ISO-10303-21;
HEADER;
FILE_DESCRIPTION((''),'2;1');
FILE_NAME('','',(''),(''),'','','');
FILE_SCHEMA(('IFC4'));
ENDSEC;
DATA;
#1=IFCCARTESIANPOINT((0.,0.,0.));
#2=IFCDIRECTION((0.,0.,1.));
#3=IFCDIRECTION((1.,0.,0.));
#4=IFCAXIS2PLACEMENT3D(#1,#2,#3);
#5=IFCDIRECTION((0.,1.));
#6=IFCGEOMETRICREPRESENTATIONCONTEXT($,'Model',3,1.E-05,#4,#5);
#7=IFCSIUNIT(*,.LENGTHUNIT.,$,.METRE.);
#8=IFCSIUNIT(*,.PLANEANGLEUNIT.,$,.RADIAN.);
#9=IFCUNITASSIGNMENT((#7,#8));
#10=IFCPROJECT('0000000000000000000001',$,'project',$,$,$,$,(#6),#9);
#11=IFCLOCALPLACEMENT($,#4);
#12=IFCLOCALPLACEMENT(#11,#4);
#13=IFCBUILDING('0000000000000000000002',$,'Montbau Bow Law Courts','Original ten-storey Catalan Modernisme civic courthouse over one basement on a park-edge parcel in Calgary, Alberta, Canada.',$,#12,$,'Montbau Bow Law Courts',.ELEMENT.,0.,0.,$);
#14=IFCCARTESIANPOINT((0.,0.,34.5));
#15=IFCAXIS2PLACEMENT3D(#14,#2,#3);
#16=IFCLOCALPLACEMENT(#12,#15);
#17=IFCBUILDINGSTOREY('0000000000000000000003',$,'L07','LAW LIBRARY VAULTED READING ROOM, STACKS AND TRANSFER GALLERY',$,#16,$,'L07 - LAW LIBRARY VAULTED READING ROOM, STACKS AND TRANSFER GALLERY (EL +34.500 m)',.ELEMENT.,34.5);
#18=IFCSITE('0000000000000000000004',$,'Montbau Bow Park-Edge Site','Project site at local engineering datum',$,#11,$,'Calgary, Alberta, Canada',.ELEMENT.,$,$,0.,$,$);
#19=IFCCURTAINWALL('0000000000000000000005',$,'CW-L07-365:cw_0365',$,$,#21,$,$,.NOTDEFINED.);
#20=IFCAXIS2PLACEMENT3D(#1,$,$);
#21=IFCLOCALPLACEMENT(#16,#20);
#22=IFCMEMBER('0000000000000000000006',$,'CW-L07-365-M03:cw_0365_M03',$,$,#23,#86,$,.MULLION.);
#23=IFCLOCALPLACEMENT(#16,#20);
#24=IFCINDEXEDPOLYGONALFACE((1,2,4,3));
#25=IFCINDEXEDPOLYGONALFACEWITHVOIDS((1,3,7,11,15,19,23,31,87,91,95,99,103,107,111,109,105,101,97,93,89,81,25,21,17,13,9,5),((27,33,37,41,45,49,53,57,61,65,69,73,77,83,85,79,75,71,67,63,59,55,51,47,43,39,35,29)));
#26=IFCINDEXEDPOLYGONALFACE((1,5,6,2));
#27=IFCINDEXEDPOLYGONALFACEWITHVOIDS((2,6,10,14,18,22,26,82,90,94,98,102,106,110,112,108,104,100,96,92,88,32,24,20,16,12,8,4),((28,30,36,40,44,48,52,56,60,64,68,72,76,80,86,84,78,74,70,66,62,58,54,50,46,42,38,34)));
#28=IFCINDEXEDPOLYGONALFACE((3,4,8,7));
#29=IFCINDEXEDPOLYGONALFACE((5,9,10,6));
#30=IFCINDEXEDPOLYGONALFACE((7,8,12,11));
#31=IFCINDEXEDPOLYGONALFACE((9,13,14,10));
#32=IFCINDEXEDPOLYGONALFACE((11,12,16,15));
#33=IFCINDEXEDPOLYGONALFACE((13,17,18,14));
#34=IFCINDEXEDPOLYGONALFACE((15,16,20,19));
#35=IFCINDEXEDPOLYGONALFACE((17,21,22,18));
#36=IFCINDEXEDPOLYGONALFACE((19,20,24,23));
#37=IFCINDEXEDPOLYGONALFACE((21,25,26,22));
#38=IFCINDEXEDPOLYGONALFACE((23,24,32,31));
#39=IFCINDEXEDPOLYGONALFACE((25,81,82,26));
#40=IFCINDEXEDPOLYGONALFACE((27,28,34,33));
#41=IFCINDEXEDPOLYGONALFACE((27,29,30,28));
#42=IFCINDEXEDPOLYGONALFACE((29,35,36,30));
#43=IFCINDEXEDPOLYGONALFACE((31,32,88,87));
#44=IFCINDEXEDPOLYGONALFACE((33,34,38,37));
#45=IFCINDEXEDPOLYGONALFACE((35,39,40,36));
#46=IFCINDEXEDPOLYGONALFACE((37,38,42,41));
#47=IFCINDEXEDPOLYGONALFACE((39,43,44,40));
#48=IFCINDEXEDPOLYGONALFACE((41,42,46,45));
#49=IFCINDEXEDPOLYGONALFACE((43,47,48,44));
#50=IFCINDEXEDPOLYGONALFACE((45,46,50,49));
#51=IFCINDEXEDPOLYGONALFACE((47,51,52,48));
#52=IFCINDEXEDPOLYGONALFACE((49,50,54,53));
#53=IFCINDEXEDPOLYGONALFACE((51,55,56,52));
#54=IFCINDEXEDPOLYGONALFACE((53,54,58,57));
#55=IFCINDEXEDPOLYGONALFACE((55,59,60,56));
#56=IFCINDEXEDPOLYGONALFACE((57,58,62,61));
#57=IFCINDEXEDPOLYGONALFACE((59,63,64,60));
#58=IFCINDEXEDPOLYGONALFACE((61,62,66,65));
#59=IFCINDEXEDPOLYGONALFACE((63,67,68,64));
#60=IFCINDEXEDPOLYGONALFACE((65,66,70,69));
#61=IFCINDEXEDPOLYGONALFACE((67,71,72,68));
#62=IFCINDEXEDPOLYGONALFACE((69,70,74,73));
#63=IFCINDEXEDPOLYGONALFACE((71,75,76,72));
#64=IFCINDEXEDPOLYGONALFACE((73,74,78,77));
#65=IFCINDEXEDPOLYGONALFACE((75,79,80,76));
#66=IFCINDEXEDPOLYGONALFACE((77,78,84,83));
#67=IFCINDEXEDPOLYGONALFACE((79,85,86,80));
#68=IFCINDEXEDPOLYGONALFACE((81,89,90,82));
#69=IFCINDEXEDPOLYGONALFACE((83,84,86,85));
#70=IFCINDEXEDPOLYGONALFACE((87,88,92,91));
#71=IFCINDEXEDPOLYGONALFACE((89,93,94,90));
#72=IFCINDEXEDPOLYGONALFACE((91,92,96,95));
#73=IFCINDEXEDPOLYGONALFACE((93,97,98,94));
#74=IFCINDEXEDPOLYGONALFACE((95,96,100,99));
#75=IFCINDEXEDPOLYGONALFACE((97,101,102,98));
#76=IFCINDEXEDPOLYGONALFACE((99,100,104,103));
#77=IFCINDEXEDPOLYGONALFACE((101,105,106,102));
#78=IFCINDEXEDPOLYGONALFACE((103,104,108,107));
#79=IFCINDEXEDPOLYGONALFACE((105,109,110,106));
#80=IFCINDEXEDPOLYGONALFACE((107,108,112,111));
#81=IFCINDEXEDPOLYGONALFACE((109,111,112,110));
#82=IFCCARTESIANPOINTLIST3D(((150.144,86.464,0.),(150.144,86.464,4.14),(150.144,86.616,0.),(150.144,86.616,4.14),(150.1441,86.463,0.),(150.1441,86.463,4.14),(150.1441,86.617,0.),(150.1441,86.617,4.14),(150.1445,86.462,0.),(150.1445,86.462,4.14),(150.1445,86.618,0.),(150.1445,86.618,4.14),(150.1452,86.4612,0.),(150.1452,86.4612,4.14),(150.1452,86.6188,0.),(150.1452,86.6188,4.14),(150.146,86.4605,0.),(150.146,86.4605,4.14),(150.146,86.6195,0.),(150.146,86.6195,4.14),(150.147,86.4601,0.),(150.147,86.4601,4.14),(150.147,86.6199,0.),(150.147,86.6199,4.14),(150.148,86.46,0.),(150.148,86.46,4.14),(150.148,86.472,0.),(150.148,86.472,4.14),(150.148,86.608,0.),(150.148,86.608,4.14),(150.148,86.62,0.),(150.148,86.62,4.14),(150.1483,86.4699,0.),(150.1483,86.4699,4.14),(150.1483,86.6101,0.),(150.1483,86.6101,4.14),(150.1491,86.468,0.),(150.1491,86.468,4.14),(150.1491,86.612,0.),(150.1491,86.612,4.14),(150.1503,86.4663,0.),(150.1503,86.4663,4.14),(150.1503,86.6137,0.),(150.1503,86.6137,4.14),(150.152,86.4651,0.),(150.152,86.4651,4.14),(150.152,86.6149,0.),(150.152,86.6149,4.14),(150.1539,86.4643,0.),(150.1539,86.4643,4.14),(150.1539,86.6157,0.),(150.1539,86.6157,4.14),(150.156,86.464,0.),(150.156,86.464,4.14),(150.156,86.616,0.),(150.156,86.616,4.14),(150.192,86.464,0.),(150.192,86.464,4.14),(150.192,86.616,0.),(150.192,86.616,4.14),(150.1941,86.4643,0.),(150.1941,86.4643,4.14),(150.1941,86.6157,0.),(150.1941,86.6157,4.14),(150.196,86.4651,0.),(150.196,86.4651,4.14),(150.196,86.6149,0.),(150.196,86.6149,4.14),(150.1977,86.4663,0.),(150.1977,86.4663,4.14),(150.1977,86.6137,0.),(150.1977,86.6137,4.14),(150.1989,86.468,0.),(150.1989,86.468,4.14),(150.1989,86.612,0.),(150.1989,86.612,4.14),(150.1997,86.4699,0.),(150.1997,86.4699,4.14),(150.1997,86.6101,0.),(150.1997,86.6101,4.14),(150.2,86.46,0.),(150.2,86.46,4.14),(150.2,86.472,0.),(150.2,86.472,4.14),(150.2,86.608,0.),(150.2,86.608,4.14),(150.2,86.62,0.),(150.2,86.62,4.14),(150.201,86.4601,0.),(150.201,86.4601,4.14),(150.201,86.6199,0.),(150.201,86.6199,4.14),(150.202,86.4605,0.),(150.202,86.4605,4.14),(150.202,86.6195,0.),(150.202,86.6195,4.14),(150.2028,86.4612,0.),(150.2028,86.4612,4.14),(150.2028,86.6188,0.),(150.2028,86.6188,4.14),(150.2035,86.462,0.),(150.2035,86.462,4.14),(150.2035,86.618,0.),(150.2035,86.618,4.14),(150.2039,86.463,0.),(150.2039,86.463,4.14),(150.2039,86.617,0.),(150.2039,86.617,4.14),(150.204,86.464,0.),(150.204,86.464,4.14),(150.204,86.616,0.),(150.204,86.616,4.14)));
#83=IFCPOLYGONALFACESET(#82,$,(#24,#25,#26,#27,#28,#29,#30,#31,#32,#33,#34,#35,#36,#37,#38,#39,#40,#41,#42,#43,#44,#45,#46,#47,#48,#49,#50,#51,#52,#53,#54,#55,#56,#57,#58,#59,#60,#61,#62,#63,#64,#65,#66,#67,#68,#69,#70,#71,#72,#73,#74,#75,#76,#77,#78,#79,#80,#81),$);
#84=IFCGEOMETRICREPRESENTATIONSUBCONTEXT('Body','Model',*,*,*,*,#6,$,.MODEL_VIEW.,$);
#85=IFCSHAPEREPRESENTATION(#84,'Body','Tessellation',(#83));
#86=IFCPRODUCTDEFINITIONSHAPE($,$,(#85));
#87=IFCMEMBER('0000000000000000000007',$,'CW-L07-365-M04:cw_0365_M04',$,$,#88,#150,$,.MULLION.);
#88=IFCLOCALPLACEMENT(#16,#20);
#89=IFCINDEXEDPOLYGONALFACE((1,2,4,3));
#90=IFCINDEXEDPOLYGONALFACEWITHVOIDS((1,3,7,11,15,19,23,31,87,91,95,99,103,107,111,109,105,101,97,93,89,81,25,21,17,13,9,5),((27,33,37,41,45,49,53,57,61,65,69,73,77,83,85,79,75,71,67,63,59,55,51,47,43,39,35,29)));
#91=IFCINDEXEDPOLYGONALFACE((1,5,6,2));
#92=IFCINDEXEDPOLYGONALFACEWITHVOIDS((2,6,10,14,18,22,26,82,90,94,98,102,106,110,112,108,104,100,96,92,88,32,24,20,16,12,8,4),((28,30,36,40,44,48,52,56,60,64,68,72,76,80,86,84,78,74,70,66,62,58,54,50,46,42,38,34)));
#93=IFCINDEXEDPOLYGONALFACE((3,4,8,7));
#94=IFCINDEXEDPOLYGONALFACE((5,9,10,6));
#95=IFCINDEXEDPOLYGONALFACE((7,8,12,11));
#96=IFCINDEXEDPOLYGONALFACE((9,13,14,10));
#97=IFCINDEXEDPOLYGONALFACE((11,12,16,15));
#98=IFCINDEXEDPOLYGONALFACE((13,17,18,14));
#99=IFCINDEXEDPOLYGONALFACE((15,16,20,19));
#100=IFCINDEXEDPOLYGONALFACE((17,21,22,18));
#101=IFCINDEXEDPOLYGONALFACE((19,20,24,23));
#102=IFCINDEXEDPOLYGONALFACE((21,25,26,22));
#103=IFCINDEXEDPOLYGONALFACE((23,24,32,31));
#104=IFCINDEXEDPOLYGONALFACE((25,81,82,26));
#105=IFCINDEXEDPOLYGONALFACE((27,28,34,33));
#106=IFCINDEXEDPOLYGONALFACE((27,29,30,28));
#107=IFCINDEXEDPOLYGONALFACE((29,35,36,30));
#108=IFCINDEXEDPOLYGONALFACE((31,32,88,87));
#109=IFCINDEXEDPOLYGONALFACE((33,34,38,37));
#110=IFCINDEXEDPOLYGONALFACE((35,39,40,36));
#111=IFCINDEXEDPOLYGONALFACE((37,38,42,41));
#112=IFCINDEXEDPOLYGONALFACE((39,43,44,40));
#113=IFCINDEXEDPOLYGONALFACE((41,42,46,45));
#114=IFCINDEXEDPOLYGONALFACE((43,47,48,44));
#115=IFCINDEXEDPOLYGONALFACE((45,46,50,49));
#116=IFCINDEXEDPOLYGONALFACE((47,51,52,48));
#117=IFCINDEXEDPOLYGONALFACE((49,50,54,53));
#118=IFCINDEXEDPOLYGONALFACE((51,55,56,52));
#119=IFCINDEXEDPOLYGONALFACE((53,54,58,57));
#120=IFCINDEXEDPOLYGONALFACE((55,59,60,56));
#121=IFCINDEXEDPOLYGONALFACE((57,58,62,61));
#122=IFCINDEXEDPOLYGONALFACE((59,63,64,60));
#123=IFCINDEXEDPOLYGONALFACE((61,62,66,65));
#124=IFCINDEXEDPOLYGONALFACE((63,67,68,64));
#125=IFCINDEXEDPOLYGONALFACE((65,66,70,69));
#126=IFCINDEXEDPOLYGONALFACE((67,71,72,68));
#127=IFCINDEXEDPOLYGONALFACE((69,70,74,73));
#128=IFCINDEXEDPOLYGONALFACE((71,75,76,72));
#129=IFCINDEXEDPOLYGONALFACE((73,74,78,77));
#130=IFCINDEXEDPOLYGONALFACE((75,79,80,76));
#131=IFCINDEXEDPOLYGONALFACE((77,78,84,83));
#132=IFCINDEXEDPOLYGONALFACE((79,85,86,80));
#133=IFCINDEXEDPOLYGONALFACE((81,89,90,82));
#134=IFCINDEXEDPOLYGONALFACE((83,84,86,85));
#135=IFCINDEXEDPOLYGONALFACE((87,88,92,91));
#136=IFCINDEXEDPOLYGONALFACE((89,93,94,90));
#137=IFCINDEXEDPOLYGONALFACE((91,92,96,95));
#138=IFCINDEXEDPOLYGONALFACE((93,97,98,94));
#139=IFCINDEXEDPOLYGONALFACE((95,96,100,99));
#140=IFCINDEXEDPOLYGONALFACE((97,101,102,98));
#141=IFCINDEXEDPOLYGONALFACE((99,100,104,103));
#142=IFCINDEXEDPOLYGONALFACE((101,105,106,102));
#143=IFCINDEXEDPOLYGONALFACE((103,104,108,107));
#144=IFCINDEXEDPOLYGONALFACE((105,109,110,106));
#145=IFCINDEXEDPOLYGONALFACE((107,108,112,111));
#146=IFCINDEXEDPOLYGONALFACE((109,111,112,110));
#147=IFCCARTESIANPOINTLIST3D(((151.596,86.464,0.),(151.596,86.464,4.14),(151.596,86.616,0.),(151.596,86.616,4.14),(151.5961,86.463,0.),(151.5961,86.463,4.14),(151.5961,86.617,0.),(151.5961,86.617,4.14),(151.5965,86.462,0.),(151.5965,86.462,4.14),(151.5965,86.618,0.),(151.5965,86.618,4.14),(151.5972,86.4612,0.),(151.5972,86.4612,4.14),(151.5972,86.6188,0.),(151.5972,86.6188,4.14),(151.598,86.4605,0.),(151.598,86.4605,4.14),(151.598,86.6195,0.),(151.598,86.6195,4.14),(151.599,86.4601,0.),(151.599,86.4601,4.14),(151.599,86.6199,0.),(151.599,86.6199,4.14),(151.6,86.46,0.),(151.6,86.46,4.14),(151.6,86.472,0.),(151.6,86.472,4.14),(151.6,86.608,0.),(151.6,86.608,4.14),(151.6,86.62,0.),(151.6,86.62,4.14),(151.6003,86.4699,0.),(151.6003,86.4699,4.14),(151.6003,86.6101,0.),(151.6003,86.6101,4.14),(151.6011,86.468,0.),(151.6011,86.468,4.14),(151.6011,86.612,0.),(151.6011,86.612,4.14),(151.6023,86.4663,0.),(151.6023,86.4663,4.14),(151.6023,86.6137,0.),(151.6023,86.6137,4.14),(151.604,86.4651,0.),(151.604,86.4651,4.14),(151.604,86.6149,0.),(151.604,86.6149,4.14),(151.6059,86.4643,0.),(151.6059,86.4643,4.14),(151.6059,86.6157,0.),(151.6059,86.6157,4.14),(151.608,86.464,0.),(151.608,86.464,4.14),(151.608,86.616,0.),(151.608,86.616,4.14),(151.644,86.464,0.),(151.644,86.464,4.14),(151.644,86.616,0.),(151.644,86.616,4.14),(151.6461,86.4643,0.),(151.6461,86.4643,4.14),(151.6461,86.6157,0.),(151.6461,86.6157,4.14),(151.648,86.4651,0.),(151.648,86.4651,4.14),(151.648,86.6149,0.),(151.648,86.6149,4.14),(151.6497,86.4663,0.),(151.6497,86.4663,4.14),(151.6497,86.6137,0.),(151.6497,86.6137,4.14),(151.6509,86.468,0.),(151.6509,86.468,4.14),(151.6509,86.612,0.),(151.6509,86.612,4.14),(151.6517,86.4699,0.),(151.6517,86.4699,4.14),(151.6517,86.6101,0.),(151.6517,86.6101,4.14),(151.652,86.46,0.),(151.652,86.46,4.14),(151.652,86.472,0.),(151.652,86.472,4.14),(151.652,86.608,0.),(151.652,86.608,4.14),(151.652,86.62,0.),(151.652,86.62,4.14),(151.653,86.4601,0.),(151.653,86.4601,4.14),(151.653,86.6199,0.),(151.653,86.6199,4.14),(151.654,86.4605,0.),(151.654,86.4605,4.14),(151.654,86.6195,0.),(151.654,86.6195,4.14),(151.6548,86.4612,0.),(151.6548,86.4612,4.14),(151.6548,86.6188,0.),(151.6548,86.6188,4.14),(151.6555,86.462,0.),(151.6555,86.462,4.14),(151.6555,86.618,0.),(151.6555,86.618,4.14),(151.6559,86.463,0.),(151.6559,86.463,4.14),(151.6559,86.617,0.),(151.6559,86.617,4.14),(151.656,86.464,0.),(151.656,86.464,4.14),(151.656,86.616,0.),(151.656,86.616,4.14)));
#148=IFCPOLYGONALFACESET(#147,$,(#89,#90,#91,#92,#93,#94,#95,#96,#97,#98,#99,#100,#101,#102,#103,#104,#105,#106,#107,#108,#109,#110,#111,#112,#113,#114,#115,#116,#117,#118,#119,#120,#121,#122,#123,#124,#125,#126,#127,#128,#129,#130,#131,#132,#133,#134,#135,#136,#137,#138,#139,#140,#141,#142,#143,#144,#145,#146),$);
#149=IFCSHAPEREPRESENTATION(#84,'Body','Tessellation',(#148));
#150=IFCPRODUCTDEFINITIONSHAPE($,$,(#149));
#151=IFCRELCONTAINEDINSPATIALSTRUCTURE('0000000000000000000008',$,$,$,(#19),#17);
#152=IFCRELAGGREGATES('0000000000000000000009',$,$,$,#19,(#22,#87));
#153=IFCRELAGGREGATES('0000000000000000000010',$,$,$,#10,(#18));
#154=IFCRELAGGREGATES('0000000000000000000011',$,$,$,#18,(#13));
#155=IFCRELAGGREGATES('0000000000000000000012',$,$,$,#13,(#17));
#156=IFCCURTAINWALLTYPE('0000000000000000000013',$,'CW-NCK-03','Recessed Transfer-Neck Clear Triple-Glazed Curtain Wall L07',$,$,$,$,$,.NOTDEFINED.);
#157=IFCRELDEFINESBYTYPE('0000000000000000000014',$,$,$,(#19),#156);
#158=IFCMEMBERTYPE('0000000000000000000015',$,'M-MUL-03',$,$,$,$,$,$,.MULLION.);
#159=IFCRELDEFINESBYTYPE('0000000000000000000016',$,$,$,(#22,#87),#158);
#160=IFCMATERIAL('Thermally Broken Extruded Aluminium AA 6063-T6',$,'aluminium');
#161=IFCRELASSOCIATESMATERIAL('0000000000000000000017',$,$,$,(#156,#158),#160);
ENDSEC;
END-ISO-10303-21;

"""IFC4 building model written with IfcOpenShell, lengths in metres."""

from ifc_helpers import new_model, si_unit, direction, frame, origin_with_axes, origin_2d_with_axis, place, context, subcontext, project, spatial, hollow_rectangle, extrude, material, material_profile, profile_set, type_object, element, aggregate, save


model = new_model("IFC4")

# Units and contexts
model_context = context("Model", 3, precision=1e-05, world=origin_with_axes(), true_north=direction((0.0, 1.0)))
body_context = subcontext(model_context, "Body", "Model", "MODEL_VIEW")
ifc_project = project(units=[si_unit("LENGTHUNIT", "METRE"), si_unit("PLANEANGLEUNIT", "RADIAN")], contexts=[model_context])

# Site, building, storey
site_placement = place(None, origin_with_axes())
site = spatial("IfcSite", under=ifc_project, at=site_placement, Name="Montbau Bow Park-Edge Site", Description="Project site at local engineering datum", LongName="Calgary, Alberta, Canada", CompositionType="ELEMENT", RefElevation=0.0)
building_placement = place(site_placement, origin_with_axes())
building = spatial("IfcBuilding", under=site, at=building_placement, Name="Montbau Bow Law Courts", Description="Original ten-storey Catalan Modernisme civic courthouse over one basement on a park-edge parcel in Calgary, Alberta, Canada.", LongName="Montbau Bow Law Courts", CompositionType="ELEMENT", ElevationOfRefHeight=0.0, ElevationOfTerrain=0.0)
storey_placement = place(building_placement, frame((0.0, 0.0, 34.5), z_axis=(0.0, 0.0, 1.0), x_axis=(1.0, 0.0, 0.0)))
storey = spatial("IfcBuildingStorey", under=building, at=storey_placement, Name="L07", Description="LAW LIBRARY VAULTED READING ROOM, STACKS AND TRANSFER GALLERY", LongName="L07 - LAW LIBRARY VAULTED READING ROOM, STACKS AND TRANSFER GALLERY (EL +34.500 m)", CompositionType="ELEMENT", Elevation=34.5)

# Curtain wall, members
ifc_material_1 = material(Name="Thermally Broken Extruded Aluminium AA 6063-T6", Category="aluminium")
curtain_wall_type = type_object("IfcCurtainWallType", Name="CW-NCK-03", Description="Recessed Transfer-Neck Clear Triple-Glazed Curtain Wall L07", PredefinedType="NOTDEFINED", material=ifc_material_1)
curtain_wall_placement = place(None, frame((147.268, 86.54, 34.5), z_axis=(0.0, 0.0, 1.0), x_axis=(1.0, 0.0, 0.0)))
curtain_wall = element("IfcCurtainWall", 1, at=curtain_wall_placement, inside=storey, type_object=curtain_wall_type, Name="CW-L07-365:cw_0365", PredefinedType="NOTDEFINED")
ifc_material_profile_1 = material_profile(ifc_material_1, hollow_rectangle(XDim=0.06, YDim=0.16, WallThickness=0.004, InnerFilletRadius=0.008, OuterFilletRadius=0.004, at=origin_2d_with_axis()), Name="CWM-160X60", Category="Main", Priority=0)
ifc_profile_set_1 = profile_set([ifc_material_profile_1], Name="Thermally Broken Extruded Aluminium AA 6063-T6")
member_type_1 = type_object("IfcMemberType", Name="M-MUL-03", PredefinedType="MULLION", material=ifc_profile_set_1)
member_1_placement = place(None, frame((150.174, 86.54, 34.5), z_axis=(0.0, 0.0, 1.0), x_axis=(1.0, 0.0, 0.0)))
member_1 = element("IfcMember", 2, at=member_1_placement, type_object=member_type_1, Name="CW-L07-365-M03:cw_0365_M03", PredefinedType="MULLION", context=body_context, shape_type="SweptSolid", body=[
    extrude(hollow_rectangle(XDim=0.06, YDim=0.16, WallThickness=0.004, InnerFilletRadius=0.008, OuterFilletRadius=0.004, at=origin_2d_with_axis()), origin_with_axes(), (0.0, 0.0, 1.0), 4.14),
])
member_2_placement = place(None, frame((151.626, 86.54, 34.5), z_axis=(0.0, 0.0, 1.0), x_axis=(1.0, 0.0, 0.0)))
member_2 = element("IfcMember", 3, at=member_2_placement, type_object=member_type_1, Name="CW-L07-365-M04:cw_0365_M04", PredefinedType="MULLION", context=body_context, shape_type="SweptSolid", body=[
    extrude(hollow_rectangle(XDim=0.06, YDim=0.16, WallThickness=0.004, InnerFilletRadius=0.008, OuterFilletRadius=0.004, at=origin_2d_with_axis()), origin_with_axes(), (0.0, 0.0, 1.0), 4.14),
])
aggregate(curtain_wall, [member_1, member_2])

save(model, "model.ifc")
